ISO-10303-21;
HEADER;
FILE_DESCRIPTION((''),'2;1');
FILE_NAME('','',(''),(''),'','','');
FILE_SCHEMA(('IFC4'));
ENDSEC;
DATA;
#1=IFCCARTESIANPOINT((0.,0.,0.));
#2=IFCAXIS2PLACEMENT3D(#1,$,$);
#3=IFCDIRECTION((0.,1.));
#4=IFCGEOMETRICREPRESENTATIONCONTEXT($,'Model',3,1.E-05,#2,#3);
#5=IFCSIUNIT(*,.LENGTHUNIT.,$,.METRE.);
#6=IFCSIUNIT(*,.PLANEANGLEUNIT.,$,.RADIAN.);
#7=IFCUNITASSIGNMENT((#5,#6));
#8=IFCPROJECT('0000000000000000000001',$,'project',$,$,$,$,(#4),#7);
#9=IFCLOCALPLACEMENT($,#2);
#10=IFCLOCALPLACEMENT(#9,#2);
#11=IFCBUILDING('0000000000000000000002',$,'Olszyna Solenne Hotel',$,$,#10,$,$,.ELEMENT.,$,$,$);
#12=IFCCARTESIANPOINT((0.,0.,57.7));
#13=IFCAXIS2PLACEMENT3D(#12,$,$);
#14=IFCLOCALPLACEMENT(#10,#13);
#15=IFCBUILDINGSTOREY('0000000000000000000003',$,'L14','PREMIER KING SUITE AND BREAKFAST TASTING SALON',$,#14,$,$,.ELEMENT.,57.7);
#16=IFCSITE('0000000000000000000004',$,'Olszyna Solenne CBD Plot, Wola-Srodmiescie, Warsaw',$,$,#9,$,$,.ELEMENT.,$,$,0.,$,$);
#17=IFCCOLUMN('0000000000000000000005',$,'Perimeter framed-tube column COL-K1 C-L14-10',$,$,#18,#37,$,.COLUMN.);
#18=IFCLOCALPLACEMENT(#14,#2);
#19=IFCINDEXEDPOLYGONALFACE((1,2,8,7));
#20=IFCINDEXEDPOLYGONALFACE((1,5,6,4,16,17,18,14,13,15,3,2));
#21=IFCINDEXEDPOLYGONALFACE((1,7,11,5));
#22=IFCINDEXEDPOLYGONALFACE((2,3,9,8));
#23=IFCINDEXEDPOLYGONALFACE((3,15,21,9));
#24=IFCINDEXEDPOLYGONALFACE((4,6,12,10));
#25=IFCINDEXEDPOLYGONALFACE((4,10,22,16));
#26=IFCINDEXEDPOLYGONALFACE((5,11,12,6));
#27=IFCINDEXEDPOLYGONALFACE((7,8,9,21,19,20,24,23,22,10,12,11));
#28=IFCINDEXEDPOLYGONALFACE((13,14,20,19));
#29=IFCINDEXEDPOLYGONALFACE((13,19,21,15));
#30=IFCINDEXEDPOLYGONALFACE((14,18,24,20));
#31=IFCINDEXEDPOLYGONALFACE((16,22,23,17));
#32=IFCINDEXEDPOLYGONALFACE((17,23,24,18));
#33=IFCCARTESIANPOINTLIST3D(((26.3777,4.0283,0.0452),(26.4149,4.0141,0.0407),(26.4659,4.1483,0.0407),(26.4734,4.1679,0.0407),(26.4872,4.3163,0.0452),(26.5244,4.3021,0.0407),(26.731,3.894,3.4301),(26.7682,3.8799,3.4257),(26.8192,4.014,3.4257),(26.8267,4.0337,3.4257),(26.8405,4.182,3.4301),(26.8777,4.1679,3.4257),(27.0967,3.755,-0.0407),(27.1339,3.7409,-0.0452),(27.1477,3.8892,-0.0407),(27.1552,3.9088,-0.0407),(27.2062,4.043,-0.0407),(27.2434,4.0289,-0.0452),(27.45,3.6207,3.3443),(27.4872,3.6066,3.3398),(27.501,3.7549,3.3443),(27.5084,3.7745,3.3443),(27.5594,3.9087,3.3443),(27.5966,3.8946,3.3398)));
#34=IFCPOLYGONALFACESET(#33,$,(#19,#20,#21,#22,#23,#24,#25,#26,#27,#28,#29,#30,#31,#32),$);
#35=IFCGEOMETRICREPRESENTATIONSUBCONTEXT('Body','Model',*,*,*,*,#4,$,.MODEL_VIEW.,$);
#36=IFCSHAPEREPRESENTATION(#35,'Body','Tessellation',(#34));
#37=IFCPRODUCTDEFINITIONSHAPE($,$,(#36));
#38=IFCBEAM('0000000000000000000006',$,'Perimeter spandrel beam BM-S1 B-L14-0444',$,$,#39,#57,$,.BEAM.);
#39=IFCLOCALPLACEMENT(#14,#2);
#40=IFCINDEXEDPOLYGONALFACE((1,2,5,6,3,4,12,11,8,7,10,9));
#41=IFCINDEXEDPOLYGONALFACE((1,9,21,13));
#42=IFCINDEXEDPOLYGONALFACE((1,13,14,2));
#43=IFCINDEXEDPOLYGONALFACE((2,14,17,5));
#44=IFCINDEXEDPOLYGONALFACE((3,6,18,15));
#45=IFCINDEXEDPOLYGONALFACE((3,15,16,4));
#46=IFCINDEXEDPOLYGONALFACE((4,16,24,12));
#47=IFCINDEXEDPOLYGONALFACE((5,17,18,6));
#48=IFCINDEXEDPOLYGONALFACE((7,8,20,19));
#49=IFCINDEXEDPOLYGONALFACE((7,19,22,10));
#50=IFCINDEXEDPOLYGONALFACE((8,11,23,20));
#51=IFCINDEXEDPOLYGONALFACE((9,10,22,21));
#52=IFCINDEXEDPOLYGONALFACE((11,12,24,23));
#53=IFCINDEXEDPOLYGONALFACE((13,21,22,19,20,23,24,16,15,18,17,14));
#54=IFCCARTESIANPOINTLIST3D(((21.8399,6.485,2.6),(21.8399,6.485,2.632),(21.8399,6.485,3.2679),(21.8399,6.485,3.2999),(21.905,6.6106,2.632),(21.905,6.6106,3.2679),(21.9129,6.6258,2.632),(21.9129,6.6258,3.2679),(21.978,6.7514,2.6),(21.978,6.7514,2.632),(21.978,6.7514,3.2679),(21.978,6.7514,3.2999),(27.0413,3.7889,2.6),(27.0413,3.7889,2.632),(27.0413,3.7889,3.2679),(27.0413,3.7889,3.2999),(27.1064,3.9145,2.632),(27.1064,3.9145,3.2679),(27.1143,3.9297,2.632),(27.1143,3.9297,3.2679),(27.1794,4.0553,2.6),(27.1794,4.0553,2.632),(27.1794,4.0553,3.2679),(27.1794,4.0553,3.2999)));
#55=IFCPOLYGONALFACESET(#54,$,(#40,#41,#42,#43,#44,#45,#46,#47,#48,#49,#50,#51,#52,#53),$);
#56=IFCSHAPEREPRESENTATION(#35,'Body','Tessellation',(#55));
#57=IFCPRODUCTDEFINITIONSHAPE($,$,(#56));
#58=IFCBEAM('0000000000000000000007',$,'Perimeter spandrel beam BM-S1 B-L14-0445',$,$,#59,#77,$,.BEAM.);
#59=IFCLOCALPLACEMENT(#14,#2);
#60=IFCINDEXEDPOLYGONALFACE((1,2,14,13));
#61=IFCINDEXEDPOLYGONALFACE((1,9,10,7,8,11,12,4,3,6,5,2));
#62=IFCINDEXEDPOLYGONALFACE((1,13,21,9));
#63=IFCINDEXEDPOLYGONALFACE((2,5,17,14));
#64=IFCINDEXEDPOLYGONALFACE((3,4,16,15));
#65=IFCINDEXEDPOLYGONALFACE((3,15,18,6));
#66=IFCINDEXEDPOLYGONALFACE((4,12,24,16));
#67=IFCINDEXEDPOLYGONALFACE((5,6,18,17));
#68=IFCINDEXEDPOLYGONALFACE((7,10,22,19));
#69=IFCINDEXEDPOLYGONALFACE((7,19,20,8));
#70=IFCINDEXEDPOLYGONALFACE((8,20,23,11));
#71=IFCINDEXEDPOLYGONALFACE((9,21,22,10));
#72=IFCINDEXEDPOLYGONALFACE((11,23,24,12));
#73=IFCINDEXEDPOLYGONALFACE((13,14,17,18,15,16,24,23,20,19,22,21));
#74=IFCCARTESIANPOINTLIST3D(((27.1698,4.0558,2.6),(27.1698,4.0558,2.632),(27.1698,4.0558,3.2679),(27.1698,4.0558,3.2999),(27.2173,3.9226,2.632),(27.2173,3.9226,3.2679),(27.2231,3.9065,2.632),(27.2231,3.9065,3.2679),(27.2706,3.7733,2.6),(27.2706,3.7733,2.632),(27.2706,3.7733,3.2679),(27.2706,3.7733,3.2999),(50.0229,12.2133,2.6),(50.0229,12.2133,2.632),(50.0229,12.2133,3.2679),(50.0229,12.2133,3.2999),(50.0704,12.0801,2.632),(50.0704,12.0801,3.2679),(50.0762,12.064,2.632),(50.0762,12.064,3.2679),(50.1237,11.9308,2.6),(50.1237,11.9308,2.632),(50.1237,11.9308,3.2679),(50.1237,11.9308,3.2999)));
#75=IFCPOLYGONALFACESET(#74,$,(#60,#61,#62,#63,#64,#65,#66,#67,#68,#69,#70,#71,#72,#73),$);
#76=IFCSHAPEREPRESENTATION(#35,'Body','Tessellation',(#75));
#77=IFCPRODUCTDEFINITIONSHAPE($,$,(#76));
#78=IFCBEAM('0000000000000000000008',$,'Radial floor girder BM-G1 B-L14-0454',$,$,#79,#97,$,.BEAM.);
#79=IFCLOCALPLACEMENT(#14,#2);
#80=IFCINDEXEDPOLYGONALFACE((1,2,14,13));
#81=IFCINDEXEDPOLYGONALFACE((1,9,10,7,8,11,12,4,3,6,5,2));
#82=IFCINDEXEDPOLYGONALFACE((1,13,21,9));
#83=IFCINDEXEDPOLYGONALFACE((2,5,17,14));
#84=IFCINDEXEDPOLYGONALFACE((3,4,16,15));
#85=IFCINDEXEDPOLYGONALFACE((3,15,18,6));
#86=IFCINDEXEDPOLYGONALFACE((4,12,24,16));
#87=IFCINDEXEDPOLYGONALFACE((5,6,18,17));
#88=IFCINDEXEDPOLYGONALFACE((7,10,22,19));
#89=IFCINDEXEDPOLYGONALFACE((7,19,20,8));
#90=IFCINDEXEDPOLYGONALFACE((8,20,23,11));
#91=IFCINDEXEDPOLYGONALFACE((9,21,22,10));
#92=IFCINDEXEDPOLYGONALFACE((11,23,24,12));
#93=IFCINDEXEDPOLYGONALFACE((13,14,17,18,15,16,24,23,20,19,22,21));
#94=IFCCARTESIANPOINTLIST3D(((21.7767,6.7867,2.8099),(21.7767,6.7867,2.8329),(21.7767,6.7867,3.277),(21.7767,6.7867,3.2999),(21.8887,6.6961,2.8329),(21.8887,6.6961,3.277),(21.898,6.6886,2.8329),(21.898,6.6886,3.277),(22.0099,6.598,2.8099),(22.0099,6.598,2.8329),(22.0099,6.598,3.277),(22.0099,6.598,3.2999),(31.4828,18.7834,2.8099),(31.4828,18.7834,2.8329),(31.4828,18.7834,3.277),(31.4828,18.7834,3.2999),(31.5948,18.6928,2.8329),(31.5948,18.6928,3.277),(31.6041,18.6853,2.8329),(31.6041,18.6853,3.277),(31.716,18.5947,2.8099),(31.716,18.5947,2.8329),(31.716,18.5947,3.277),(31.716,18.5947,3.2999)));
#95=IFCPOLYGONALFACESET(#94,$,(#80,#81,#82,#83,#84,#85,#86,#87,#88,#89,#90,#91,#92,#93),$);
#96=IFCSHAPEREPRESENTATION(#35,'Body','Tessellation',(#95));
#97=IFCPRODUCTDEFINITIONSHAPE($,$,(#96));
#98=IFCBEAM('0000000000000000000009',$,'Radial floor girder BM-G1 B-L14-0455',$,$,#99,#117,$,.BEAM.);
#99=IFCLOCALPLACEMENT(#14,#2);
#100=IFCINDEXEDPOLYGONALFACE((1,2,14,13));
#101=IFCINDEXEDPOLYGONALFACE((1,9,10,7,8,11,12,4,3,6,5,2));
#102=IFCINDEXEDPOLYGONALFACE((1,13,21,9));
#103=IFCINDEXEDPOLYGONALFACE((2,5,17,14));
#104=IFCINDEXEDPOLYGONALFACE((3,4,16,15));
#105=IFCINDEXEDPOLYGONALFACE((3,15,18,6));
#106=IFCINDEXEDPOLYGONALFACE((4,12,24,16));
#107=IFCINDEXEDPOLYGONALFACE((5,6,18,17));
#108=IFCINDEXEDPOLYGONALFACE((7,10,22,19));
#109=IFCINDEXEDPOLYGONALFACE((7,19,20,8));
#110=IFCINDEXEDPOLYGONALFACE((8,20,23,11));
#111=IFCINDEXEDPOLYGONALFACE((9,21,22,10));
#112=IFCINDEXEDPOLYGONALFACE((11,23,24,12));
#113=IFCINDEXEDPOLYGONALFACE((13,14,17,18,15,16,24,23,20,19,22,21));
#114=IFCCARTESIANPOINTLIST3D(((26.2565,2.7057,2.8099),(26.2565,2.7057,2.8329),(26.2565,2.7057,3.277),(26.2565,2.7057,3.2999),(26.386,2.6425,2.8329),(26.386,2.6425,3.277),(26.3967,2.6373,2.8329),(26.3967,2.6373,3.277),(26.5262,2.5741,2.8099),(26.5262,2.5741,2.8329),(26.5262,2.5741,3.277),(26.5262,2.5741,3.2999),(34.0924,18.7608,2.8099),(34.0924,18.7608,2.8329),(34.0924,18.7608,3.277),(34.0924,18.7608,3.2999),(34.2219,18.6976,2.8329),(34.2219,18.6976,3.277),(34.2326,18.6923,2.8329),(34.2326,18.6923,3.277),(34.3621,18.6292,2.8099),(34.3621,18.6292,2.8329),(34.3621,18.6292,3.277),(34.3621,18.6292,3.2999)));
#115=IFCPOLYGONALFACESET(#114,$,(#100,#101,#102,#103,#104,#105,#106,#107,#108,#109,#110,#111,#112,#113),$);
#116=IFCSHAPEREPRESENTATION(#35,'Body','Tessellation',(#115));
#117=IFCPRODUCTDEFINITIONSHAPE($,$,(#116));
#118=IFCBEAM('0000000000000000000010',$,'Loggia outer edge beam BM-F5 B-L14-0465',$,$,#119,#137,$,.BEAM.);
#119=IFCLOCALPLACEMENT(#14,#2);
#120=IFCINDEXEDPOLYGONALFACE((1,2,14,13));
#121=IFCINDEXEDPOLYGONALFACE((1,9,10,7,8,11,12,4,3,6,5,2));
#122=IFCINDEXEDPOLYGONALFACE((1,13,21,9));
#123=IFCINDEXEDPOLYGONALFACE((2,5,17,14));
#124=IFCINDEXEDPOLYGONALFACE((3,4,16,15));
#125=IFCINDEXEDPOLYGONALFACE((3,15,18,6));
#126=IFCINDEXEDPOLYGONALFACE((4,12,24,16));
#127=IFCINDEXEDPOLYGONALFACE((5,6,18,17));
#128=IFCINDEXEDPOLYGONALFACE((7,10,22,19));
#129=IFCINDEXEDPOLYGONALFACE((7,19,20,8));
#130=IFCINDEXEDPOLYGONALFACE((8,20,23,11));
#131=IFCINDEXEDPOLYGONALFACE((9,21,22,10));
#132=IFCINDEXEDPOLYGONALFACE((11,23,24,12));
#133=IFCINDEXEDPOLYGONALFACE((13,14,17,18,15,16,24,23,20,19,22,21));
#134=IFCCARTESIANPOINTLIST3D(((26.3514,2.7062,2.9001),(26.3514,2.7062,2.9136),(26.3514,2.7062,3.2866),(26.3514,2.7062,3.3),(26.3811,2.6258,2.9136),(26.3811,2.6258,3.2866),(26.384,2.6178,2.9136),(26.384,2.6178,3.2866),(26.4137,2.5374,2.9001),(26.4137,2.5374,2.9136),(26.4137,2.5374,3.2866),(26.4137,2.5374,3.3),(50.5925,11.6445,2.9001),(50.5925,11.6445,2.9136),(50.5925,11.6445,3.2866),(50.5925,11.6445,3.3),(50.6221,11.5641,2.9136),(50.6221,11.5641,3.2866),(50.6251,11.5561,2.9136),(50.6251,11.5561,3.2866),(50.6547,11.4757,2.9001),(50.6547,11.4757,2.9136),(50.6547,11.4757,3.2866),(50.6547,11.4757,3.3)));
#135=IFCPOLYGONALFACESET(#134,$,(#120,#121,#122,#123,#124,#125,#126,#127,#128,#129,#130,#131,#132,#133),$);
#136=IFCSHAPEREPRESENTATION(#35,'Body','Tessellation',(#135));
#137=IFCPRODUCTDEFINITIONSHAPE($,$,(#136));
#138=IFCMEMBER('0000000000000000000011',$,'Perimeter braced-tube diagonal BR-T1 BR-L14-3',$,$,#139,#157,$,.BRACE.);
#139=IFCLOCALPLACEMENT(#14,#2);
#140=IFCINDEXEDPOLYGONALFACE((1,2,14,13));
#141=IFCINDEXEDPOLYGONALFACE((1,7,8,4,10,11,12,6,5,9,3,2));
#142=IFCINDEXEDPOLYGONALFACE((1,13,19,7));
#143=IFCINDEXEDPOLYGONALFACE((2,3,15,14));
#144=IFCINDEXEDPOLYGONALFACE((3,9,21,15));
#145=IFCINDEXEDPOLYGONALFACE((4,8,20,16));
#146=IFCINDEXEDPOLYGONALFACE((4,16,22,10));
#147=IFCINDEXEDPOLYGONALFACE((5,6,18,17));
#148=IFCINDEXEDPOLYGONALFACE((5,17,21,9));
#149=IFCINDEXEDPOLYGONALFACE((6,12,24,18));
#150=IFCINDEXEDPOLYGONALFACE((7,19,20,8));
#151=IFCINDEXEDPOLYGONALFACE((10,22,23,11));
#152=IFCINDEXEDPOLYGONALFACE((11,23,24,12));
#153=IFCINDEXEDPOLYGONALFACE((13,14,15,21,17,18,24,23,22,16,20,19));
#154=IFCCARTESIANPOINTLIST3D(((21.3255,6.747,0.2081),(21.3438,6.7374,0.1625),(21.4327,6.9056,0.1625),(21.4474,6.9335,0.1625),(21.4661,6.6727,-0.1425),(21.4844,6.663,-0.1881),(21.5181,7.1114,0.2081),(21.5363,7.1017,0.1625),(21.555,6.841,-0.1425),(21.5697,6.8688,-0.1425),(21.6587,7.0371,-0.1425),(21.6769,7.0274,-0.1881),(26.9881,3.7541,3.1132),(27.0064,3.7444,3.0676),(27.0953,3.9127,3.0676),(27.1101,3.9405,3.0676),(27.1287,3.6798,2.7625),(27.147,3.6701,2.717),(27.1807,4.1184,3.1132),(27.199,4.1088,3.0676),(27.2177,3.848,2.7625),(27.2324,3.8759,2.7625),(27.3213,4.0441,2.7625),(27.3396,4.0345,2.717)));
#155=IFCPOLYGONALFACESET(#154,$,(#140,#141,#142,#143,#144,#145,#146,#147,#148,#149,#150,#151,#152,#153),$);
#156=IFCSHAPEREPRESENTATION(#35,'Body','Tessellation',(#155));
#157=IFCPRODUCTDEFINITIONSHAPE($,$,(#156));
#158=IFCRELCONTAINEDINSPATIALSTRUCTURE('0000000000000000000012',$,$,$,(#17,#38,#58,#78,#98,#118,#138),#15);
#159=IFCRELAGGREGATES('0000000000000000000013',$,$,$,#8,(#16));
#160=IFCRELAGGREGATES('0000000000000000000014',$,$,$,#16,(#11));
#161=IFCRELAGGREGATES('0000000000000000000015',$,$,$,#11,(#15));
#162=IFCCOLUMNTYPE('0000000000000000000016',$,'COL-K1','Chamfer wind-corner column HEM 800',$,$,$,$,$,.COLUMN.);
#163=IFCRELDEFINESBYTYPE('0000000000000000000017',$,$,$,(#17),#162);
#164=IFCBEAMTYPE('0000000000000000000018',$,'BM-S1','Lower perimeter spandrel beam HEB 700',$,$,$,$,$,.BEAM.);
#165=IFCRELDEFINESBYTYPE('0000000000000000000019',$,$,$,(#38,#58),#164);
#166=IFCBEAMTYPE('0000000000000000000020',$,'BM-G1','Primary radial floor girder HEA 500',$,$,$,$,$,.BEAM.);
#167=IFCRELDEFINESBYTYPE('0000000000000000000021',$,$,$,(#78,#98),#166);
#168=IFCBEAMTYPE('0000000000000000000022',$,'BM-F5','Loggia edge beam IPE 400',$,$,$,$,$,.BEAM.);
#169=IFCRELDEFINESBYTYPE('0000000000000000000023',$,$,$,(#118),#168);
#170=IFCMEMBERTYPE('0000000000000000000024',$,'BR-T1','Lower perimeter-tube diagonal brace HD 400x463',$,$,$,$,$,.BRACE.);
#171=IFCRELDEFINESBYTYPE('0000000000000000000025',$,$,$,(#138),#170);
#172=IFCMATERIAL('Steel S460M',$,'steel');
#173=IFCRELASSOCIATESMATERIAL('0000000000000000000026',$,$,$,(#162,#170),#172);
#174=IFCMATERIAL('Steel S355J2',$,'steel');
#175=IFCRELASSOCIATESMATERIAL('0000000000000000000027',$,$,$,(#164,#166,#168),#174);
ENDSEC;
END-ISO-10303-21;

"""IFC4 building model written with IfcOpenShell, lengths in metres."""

from ifc_helpers import new_model, si_unit, direction, frame, origin, origin_2d, place, context, subcontext, project, spatial, i_section, extrude, source, transform, mapped, material, material_profile, profile_set, type_object, element, save


model = new_model("IFC4")

# Units and contexts
model_context = context("Model", 3, precision=1e-05, world=origin(), true_north=direction((0.0, 1.0)))
body_context = subcontext(model_context, "Body", "Model", "MODEL_VIEW")
ifc_project = project(units=[si_unit("LENGTHUNIT", "METRE"), si_unit("PLANEANGLEUNIT", "RADIAN")], contexts=[model_context])

# Site, building, storey
site_placement = place(None, origin())
site = spatial("IfcSite", under=ifc_project, at=site_placement, Name="Olszyna Solenne CBD Plot, Wola-Srodmiescie, Warsaw", CompositionType="ELEMENT", RefElevation=0.0)
building_placement = place(site_placement, origin())
building = spatial("IfcBuilding", under=site, at=building_placement, Name="Olszyna Solenne Hotel", CompositionType="ELEMENT")
storey_placement = place(building_placement, frame((0.0, 0.0, 57.7)))
storey = spatial("IfcBuildingStorey", under=building, at=storey_placement, Name="L14", Description="PREMIER KING SUITE AND BREAKFAST TASTING SALON", CompositionType="ELEMENT", Elevation=57.7)

# Column
ifc_material_1 = material(Name="Steel S460M", Category="steel")
ifc_material_profile_1 = material_profile(ifc_material_1, i_section(OverallWidth=0.3081, OverallDepth=0.814, WebThickness=0.021, FlangeThickness=0.04, at=origin_2d()), Name="HEM 800", Category="load-bearing")
ifc_profile_set_1 = profile_set([ifc_material_profile_1], Name="Steel S460M")
column_type = type_object("IfcColumnType", Name="COL-K1", Description="Chamfer wind-corner column HEM 800", PredefinedType="COLUMN", material=ifc_profile_set_1)
shared_shape_1 = source(origin(), body_context, "Body", "SweptSolid", [
    extrude(i_section(OverallWidth=0.3081, OverallDepth=0.814, WebThickness=0.021, FlangeThickness=0.04, at=origin_2d()), origin(), (0.0, 0.0, 1.0), 3.406),
])
column_placement = place(storey_placement, frame((26.8105, 4.0286, 0.0), z_axis=(0.103719, -0.039423, 0.993825), x_axis=(0.355297, 0.934754, 0.0)))
element("IfcColumn", 1, at=column_placement, inside=storey, type_object=column_type, Name="Perimeter framed-tube column COL-K1 C-L14-10", PredefinedType="COLUMN", context=body_context, shape_type="MappedRepresentation", body=[
    mapped(shared_shape_1, transform((0.0, 0.0, 0.0), x_axis=(1.0, 0.0, 0.0), y_axis=(0.0, 1.0, 0.0), z_axis=(0.0, 0.0, 1.0), scale=1.0)),
])

# Beams
ifc_material_2 = material(Name="Steel S355J2", Category="steel")
ifc_material_profile_2 = material_profile(ifc_material_2, i_section(OverallWidth=0.3, OverallDepth=0.7, WebThickness=0.0171, FlangeThickness=0.032, at=origin_2d()), Name="HEB 700", Category="load-bearing")
ifc_profile_set_2 = profile_set([ifc_material_profile_2], Name="Steel S355J2")
beam_type_1 = type_object("IfcBeamType", Name="BM-S1", Description="Lower perimeter spandrel beam HEB 700", PredefinedType="BEAM", material=ifc_profile_set_2)
shared_shape_2 = source(origin(), body_context, "Body", "SweptSolid", [
    extrude(i_section(OverallWidth=0.3, OverallDepth=0.7, WebThickness=0.0171, FlangeThickness=0.032, at=origin_2d()), origin(), (0.0, 0.0, 1.0), 5.8586),
])
beam_1_placement = place(storey_placement, frame((21.9089, 6.6182, 2.95), z_axis=(0.887823, -0.460185, 0.0), x_axis=(0.460185, 0.887823, 0.0)))
element("IfcBeam", 2, at=beam_1_placement, inside=storey, type_object=beam_type_1, Name="Perimeter spandrel beam BM-S1 B-L14-0444", PredefinedType="BEAM", context=body_context, shape_type="MappedRepresentation", body=[
    mapped(shared_shape_2, transform((0.0, 0.0, 0.0), x_axis=(1.0, 0.0, 0.0), y_axis=(0.0, 1.0, 0.0), z_axis=(0.0, 0.0, 1.0), scale=1.0)),
])
shared_shape_3 = source(origin(), body_context, "Body", "SweptSolid", [
    extrude(i_section(OverallWidth=0.3, OverallDepth=0.7, WebThickness=0.0171, FlangeThickness=0.032, at=origin_2d()), origin(), (0.0, 0.0, 1.0), 24.2654),
])
beam_2_placement = place(storey_placement, frame((27.2202, 3.9146, 2.95), z_axis=(0.941798, 0.336178, 0.0), x_axis=(-0.336178, 0.941798, 0.0)))
element("IfcBeam", 3, at=beam_2_placement, inside=storey, type_object=beam_type_1, Name="Perimeter spandrel beam BM-S1 B-L14-0445", PredefinedType="BEAM", context=body_context, shape_type="MappedRepresentation", body=[
    mapped(shared_shape_3, transform((0.0, 0.0, 0.0), x_axis=(1.0, 0.0, 0.0), y_axis=(0.0, 1.0, 0.0), z_axis=(0.0, 0.0, 1.0), scale=1.0)),
])
ifc_material_profile_3 = material_profile(ifc_material_2, i_section(OverallWidth=0.3, OverallDepth=0.49, WebThickness=0.012, FlangeThickness=0.0229, at=origin_2d()), Name="HEA 500", Category="load-bearing")
ifc_profile_set_3 = profile_set([ifc_material_profile_3], Name="Steel S355J2")
beam_type_2 = type_object("IfcBeamType", Name="BM-G1", Description="Primary radial floor girder HEA 500", PredefinedType="BEAM", material=ifc_profile_set_3)
shared_shape_4 = source(origin(), body_context, "Body", "SweptSolid", [
    extrude(i_section(OverallWidth=0.3, OverallDepth=0.49, WebThickness=0.012, FlangeThickness=0.0229, at=origin_2d()), origin(), (0.0, 0.0, 1.0), 15.4314),
])
beam_3_placement = place(storey_placement, frame((21.8933, 6.6924, 3.0549), z_axis=(0.628984, 0.777418, 0.0), x_axis=(-0.777418, 0.628984, 0.0)))
element("IfcBeam", 4, at=beam_3_placement, inside=storey, type_object=beam_type_2, Name="Radial floor girder BM-G1 B-L14-0454", PredefinedType="BEAM", context=body_context, shape_type="MappedRepresentation", body=[
    mapped(shared_shape_4, transform((0.0, 0.0, 0.0), x_axis=(1.0, 0.0, 0.0), y_axis=(0.0, 1.0, 0.0), z_axis=(0.0, 0.0, 1.0), scale=1.0)),
])
shared_shape_5 = source(origin(), body_context, "Body", "SweptSolid", [
    extrude(i_section(OverallWidth=0.3, OverallDepth=0.49, WebThickness=0.012, FlangeThickness=0.0229, at=origin_2d()), origin(), (0.0, 0.0, 1.0), 17.8652),
])
beam_4_placement = place(storey_placement, frame((26.3914, 2.6399, 3.0549), z_axis=(0.438611, 0.898677, 0.0), x_axis=(-0.898677, 0.438611, 0.0)))
element("IfcBeam", 5, at=beam_4_placement, inside=storey, type_object=beam_type_2, Name="Radial floor girder BM-G1 B-L14-0455", PredefinedType="BEAM", context=body_context, shape_type="MappedRepresentation", body=[
    mapped(shared_shape_5, transform((0.0, 0.0, 0.0), x_axis=(1.0, 0.0, 0.0), y_axis=(0.0, 1.0, 0.0), z_axis=(0.0, 0.0, 1.0), scale=1.0)),
])
ifc_material_profile_4 = material_profile(ifc_material_2, i_section(OverallWidth=0.1799, OverallDepth=0.3999, WebThickness=0.0085, FlangeThickness=0.0134, at=origin_2d()), Name="IPE 400", Category="load-bearing")
ifc_profile_set_4 = profile_set([ifc_material_profile_4], Name="Steel S355J2")
beam_type_3 = type_object("IfcBeamType", Name="BM-F5", Description="Loggia edge beam IPE 400", PredefinedType="BEAM", material=ifc_profile_set_4)
shared_shape_6 = source(origin(), body_context, "Body", "SweptSolid", [
    extrude(i_section(OverallWidth=0.1799, OverallDepth=0.3999, WebThickness=0.0085, FlangeThickness=0.0134, at=origin_2d()), origin(), (0.0, 0.0, 1.0), 25.8364),
])
beam_5_placement = place(storey_placement, frame((26.3826, 2.6218, 3.1001), z_axis=(0.938251, 0.345956, 0.0), x_axis=(-0.345956, 0.938251, 0.0)))
element("IfcBeam", 6, at=beam_5_placement, inside=storey, type_object=beam_type_3, Name="Loggia outer edge beam BM-F5 B-L14-0465", PredefinedType="BEAM", context=body_context, shape_type="MappedRepresentation", body=[
    mapped(shared_shape_6, transform((0.0, 0.0, 0.0), x_axis=(1.0, 0.0, 0.0), y_axis=(0.0, 1.0, 0.0), z_axis=(0.0, 0.0, 1.0), scale=1.0)),
])

# Member
ifc_material_profile_5 = material_profile(ifc_material_1, i_section(OverallWidth=0.4121, OverallDepth=0.4351, WebThickness=0.0315, FlangeThickness=0.05, at=origin_2d()), Name="HD 400x463", Category="load-bearing")
ifc_profile_set_5 = profile_set([ifc_material_profile_5], Name="Steel S460M")
member_type = type_object("IfcMemberType", Name="BR-T1", Description="Lower perimeter-tube diagonal brace HD 400x463", PredefinedType="BRACE", material=ifc_profile_set_5)
shared_shape_7 = source(origin(), body_context, "Body", "SweptSolid", [
    extrude(i_section(OverallWidth=0.4121, OverallDepth=0.4351, WebThickness=0.0315, FlangeThickness=0.05, at=origin_2d()), origin(), (0.0, 0.0, 1.0), 7.033),
])
member_placement = place(storey_placement, frame((21.5012, 6.8872, 0.01), z_axis=(0.805158, -0.425559, 0.413062), x_axis=(0.467287, 0.884106, 0.0)))
element("IfcMember", 7, at=member_placement, inside=storey, type_object=member_type, Name="Perimeter braced-tube diagonal BR-T1 BR-L14-3", PredefinedType="BRACE", context=body_context, shape_type="MappedRepresentation", body=[
    mapped(shared_shape_7, transform((0.0, 0.0, 0.0), x_axis=(1.0, 0.0, 0.0), y_axis=(0.0, 1.0, 0.0), z_axis=(0.0, 0.0, 1.0), scale=1.0)),
])

save(model, "model.ifc")
